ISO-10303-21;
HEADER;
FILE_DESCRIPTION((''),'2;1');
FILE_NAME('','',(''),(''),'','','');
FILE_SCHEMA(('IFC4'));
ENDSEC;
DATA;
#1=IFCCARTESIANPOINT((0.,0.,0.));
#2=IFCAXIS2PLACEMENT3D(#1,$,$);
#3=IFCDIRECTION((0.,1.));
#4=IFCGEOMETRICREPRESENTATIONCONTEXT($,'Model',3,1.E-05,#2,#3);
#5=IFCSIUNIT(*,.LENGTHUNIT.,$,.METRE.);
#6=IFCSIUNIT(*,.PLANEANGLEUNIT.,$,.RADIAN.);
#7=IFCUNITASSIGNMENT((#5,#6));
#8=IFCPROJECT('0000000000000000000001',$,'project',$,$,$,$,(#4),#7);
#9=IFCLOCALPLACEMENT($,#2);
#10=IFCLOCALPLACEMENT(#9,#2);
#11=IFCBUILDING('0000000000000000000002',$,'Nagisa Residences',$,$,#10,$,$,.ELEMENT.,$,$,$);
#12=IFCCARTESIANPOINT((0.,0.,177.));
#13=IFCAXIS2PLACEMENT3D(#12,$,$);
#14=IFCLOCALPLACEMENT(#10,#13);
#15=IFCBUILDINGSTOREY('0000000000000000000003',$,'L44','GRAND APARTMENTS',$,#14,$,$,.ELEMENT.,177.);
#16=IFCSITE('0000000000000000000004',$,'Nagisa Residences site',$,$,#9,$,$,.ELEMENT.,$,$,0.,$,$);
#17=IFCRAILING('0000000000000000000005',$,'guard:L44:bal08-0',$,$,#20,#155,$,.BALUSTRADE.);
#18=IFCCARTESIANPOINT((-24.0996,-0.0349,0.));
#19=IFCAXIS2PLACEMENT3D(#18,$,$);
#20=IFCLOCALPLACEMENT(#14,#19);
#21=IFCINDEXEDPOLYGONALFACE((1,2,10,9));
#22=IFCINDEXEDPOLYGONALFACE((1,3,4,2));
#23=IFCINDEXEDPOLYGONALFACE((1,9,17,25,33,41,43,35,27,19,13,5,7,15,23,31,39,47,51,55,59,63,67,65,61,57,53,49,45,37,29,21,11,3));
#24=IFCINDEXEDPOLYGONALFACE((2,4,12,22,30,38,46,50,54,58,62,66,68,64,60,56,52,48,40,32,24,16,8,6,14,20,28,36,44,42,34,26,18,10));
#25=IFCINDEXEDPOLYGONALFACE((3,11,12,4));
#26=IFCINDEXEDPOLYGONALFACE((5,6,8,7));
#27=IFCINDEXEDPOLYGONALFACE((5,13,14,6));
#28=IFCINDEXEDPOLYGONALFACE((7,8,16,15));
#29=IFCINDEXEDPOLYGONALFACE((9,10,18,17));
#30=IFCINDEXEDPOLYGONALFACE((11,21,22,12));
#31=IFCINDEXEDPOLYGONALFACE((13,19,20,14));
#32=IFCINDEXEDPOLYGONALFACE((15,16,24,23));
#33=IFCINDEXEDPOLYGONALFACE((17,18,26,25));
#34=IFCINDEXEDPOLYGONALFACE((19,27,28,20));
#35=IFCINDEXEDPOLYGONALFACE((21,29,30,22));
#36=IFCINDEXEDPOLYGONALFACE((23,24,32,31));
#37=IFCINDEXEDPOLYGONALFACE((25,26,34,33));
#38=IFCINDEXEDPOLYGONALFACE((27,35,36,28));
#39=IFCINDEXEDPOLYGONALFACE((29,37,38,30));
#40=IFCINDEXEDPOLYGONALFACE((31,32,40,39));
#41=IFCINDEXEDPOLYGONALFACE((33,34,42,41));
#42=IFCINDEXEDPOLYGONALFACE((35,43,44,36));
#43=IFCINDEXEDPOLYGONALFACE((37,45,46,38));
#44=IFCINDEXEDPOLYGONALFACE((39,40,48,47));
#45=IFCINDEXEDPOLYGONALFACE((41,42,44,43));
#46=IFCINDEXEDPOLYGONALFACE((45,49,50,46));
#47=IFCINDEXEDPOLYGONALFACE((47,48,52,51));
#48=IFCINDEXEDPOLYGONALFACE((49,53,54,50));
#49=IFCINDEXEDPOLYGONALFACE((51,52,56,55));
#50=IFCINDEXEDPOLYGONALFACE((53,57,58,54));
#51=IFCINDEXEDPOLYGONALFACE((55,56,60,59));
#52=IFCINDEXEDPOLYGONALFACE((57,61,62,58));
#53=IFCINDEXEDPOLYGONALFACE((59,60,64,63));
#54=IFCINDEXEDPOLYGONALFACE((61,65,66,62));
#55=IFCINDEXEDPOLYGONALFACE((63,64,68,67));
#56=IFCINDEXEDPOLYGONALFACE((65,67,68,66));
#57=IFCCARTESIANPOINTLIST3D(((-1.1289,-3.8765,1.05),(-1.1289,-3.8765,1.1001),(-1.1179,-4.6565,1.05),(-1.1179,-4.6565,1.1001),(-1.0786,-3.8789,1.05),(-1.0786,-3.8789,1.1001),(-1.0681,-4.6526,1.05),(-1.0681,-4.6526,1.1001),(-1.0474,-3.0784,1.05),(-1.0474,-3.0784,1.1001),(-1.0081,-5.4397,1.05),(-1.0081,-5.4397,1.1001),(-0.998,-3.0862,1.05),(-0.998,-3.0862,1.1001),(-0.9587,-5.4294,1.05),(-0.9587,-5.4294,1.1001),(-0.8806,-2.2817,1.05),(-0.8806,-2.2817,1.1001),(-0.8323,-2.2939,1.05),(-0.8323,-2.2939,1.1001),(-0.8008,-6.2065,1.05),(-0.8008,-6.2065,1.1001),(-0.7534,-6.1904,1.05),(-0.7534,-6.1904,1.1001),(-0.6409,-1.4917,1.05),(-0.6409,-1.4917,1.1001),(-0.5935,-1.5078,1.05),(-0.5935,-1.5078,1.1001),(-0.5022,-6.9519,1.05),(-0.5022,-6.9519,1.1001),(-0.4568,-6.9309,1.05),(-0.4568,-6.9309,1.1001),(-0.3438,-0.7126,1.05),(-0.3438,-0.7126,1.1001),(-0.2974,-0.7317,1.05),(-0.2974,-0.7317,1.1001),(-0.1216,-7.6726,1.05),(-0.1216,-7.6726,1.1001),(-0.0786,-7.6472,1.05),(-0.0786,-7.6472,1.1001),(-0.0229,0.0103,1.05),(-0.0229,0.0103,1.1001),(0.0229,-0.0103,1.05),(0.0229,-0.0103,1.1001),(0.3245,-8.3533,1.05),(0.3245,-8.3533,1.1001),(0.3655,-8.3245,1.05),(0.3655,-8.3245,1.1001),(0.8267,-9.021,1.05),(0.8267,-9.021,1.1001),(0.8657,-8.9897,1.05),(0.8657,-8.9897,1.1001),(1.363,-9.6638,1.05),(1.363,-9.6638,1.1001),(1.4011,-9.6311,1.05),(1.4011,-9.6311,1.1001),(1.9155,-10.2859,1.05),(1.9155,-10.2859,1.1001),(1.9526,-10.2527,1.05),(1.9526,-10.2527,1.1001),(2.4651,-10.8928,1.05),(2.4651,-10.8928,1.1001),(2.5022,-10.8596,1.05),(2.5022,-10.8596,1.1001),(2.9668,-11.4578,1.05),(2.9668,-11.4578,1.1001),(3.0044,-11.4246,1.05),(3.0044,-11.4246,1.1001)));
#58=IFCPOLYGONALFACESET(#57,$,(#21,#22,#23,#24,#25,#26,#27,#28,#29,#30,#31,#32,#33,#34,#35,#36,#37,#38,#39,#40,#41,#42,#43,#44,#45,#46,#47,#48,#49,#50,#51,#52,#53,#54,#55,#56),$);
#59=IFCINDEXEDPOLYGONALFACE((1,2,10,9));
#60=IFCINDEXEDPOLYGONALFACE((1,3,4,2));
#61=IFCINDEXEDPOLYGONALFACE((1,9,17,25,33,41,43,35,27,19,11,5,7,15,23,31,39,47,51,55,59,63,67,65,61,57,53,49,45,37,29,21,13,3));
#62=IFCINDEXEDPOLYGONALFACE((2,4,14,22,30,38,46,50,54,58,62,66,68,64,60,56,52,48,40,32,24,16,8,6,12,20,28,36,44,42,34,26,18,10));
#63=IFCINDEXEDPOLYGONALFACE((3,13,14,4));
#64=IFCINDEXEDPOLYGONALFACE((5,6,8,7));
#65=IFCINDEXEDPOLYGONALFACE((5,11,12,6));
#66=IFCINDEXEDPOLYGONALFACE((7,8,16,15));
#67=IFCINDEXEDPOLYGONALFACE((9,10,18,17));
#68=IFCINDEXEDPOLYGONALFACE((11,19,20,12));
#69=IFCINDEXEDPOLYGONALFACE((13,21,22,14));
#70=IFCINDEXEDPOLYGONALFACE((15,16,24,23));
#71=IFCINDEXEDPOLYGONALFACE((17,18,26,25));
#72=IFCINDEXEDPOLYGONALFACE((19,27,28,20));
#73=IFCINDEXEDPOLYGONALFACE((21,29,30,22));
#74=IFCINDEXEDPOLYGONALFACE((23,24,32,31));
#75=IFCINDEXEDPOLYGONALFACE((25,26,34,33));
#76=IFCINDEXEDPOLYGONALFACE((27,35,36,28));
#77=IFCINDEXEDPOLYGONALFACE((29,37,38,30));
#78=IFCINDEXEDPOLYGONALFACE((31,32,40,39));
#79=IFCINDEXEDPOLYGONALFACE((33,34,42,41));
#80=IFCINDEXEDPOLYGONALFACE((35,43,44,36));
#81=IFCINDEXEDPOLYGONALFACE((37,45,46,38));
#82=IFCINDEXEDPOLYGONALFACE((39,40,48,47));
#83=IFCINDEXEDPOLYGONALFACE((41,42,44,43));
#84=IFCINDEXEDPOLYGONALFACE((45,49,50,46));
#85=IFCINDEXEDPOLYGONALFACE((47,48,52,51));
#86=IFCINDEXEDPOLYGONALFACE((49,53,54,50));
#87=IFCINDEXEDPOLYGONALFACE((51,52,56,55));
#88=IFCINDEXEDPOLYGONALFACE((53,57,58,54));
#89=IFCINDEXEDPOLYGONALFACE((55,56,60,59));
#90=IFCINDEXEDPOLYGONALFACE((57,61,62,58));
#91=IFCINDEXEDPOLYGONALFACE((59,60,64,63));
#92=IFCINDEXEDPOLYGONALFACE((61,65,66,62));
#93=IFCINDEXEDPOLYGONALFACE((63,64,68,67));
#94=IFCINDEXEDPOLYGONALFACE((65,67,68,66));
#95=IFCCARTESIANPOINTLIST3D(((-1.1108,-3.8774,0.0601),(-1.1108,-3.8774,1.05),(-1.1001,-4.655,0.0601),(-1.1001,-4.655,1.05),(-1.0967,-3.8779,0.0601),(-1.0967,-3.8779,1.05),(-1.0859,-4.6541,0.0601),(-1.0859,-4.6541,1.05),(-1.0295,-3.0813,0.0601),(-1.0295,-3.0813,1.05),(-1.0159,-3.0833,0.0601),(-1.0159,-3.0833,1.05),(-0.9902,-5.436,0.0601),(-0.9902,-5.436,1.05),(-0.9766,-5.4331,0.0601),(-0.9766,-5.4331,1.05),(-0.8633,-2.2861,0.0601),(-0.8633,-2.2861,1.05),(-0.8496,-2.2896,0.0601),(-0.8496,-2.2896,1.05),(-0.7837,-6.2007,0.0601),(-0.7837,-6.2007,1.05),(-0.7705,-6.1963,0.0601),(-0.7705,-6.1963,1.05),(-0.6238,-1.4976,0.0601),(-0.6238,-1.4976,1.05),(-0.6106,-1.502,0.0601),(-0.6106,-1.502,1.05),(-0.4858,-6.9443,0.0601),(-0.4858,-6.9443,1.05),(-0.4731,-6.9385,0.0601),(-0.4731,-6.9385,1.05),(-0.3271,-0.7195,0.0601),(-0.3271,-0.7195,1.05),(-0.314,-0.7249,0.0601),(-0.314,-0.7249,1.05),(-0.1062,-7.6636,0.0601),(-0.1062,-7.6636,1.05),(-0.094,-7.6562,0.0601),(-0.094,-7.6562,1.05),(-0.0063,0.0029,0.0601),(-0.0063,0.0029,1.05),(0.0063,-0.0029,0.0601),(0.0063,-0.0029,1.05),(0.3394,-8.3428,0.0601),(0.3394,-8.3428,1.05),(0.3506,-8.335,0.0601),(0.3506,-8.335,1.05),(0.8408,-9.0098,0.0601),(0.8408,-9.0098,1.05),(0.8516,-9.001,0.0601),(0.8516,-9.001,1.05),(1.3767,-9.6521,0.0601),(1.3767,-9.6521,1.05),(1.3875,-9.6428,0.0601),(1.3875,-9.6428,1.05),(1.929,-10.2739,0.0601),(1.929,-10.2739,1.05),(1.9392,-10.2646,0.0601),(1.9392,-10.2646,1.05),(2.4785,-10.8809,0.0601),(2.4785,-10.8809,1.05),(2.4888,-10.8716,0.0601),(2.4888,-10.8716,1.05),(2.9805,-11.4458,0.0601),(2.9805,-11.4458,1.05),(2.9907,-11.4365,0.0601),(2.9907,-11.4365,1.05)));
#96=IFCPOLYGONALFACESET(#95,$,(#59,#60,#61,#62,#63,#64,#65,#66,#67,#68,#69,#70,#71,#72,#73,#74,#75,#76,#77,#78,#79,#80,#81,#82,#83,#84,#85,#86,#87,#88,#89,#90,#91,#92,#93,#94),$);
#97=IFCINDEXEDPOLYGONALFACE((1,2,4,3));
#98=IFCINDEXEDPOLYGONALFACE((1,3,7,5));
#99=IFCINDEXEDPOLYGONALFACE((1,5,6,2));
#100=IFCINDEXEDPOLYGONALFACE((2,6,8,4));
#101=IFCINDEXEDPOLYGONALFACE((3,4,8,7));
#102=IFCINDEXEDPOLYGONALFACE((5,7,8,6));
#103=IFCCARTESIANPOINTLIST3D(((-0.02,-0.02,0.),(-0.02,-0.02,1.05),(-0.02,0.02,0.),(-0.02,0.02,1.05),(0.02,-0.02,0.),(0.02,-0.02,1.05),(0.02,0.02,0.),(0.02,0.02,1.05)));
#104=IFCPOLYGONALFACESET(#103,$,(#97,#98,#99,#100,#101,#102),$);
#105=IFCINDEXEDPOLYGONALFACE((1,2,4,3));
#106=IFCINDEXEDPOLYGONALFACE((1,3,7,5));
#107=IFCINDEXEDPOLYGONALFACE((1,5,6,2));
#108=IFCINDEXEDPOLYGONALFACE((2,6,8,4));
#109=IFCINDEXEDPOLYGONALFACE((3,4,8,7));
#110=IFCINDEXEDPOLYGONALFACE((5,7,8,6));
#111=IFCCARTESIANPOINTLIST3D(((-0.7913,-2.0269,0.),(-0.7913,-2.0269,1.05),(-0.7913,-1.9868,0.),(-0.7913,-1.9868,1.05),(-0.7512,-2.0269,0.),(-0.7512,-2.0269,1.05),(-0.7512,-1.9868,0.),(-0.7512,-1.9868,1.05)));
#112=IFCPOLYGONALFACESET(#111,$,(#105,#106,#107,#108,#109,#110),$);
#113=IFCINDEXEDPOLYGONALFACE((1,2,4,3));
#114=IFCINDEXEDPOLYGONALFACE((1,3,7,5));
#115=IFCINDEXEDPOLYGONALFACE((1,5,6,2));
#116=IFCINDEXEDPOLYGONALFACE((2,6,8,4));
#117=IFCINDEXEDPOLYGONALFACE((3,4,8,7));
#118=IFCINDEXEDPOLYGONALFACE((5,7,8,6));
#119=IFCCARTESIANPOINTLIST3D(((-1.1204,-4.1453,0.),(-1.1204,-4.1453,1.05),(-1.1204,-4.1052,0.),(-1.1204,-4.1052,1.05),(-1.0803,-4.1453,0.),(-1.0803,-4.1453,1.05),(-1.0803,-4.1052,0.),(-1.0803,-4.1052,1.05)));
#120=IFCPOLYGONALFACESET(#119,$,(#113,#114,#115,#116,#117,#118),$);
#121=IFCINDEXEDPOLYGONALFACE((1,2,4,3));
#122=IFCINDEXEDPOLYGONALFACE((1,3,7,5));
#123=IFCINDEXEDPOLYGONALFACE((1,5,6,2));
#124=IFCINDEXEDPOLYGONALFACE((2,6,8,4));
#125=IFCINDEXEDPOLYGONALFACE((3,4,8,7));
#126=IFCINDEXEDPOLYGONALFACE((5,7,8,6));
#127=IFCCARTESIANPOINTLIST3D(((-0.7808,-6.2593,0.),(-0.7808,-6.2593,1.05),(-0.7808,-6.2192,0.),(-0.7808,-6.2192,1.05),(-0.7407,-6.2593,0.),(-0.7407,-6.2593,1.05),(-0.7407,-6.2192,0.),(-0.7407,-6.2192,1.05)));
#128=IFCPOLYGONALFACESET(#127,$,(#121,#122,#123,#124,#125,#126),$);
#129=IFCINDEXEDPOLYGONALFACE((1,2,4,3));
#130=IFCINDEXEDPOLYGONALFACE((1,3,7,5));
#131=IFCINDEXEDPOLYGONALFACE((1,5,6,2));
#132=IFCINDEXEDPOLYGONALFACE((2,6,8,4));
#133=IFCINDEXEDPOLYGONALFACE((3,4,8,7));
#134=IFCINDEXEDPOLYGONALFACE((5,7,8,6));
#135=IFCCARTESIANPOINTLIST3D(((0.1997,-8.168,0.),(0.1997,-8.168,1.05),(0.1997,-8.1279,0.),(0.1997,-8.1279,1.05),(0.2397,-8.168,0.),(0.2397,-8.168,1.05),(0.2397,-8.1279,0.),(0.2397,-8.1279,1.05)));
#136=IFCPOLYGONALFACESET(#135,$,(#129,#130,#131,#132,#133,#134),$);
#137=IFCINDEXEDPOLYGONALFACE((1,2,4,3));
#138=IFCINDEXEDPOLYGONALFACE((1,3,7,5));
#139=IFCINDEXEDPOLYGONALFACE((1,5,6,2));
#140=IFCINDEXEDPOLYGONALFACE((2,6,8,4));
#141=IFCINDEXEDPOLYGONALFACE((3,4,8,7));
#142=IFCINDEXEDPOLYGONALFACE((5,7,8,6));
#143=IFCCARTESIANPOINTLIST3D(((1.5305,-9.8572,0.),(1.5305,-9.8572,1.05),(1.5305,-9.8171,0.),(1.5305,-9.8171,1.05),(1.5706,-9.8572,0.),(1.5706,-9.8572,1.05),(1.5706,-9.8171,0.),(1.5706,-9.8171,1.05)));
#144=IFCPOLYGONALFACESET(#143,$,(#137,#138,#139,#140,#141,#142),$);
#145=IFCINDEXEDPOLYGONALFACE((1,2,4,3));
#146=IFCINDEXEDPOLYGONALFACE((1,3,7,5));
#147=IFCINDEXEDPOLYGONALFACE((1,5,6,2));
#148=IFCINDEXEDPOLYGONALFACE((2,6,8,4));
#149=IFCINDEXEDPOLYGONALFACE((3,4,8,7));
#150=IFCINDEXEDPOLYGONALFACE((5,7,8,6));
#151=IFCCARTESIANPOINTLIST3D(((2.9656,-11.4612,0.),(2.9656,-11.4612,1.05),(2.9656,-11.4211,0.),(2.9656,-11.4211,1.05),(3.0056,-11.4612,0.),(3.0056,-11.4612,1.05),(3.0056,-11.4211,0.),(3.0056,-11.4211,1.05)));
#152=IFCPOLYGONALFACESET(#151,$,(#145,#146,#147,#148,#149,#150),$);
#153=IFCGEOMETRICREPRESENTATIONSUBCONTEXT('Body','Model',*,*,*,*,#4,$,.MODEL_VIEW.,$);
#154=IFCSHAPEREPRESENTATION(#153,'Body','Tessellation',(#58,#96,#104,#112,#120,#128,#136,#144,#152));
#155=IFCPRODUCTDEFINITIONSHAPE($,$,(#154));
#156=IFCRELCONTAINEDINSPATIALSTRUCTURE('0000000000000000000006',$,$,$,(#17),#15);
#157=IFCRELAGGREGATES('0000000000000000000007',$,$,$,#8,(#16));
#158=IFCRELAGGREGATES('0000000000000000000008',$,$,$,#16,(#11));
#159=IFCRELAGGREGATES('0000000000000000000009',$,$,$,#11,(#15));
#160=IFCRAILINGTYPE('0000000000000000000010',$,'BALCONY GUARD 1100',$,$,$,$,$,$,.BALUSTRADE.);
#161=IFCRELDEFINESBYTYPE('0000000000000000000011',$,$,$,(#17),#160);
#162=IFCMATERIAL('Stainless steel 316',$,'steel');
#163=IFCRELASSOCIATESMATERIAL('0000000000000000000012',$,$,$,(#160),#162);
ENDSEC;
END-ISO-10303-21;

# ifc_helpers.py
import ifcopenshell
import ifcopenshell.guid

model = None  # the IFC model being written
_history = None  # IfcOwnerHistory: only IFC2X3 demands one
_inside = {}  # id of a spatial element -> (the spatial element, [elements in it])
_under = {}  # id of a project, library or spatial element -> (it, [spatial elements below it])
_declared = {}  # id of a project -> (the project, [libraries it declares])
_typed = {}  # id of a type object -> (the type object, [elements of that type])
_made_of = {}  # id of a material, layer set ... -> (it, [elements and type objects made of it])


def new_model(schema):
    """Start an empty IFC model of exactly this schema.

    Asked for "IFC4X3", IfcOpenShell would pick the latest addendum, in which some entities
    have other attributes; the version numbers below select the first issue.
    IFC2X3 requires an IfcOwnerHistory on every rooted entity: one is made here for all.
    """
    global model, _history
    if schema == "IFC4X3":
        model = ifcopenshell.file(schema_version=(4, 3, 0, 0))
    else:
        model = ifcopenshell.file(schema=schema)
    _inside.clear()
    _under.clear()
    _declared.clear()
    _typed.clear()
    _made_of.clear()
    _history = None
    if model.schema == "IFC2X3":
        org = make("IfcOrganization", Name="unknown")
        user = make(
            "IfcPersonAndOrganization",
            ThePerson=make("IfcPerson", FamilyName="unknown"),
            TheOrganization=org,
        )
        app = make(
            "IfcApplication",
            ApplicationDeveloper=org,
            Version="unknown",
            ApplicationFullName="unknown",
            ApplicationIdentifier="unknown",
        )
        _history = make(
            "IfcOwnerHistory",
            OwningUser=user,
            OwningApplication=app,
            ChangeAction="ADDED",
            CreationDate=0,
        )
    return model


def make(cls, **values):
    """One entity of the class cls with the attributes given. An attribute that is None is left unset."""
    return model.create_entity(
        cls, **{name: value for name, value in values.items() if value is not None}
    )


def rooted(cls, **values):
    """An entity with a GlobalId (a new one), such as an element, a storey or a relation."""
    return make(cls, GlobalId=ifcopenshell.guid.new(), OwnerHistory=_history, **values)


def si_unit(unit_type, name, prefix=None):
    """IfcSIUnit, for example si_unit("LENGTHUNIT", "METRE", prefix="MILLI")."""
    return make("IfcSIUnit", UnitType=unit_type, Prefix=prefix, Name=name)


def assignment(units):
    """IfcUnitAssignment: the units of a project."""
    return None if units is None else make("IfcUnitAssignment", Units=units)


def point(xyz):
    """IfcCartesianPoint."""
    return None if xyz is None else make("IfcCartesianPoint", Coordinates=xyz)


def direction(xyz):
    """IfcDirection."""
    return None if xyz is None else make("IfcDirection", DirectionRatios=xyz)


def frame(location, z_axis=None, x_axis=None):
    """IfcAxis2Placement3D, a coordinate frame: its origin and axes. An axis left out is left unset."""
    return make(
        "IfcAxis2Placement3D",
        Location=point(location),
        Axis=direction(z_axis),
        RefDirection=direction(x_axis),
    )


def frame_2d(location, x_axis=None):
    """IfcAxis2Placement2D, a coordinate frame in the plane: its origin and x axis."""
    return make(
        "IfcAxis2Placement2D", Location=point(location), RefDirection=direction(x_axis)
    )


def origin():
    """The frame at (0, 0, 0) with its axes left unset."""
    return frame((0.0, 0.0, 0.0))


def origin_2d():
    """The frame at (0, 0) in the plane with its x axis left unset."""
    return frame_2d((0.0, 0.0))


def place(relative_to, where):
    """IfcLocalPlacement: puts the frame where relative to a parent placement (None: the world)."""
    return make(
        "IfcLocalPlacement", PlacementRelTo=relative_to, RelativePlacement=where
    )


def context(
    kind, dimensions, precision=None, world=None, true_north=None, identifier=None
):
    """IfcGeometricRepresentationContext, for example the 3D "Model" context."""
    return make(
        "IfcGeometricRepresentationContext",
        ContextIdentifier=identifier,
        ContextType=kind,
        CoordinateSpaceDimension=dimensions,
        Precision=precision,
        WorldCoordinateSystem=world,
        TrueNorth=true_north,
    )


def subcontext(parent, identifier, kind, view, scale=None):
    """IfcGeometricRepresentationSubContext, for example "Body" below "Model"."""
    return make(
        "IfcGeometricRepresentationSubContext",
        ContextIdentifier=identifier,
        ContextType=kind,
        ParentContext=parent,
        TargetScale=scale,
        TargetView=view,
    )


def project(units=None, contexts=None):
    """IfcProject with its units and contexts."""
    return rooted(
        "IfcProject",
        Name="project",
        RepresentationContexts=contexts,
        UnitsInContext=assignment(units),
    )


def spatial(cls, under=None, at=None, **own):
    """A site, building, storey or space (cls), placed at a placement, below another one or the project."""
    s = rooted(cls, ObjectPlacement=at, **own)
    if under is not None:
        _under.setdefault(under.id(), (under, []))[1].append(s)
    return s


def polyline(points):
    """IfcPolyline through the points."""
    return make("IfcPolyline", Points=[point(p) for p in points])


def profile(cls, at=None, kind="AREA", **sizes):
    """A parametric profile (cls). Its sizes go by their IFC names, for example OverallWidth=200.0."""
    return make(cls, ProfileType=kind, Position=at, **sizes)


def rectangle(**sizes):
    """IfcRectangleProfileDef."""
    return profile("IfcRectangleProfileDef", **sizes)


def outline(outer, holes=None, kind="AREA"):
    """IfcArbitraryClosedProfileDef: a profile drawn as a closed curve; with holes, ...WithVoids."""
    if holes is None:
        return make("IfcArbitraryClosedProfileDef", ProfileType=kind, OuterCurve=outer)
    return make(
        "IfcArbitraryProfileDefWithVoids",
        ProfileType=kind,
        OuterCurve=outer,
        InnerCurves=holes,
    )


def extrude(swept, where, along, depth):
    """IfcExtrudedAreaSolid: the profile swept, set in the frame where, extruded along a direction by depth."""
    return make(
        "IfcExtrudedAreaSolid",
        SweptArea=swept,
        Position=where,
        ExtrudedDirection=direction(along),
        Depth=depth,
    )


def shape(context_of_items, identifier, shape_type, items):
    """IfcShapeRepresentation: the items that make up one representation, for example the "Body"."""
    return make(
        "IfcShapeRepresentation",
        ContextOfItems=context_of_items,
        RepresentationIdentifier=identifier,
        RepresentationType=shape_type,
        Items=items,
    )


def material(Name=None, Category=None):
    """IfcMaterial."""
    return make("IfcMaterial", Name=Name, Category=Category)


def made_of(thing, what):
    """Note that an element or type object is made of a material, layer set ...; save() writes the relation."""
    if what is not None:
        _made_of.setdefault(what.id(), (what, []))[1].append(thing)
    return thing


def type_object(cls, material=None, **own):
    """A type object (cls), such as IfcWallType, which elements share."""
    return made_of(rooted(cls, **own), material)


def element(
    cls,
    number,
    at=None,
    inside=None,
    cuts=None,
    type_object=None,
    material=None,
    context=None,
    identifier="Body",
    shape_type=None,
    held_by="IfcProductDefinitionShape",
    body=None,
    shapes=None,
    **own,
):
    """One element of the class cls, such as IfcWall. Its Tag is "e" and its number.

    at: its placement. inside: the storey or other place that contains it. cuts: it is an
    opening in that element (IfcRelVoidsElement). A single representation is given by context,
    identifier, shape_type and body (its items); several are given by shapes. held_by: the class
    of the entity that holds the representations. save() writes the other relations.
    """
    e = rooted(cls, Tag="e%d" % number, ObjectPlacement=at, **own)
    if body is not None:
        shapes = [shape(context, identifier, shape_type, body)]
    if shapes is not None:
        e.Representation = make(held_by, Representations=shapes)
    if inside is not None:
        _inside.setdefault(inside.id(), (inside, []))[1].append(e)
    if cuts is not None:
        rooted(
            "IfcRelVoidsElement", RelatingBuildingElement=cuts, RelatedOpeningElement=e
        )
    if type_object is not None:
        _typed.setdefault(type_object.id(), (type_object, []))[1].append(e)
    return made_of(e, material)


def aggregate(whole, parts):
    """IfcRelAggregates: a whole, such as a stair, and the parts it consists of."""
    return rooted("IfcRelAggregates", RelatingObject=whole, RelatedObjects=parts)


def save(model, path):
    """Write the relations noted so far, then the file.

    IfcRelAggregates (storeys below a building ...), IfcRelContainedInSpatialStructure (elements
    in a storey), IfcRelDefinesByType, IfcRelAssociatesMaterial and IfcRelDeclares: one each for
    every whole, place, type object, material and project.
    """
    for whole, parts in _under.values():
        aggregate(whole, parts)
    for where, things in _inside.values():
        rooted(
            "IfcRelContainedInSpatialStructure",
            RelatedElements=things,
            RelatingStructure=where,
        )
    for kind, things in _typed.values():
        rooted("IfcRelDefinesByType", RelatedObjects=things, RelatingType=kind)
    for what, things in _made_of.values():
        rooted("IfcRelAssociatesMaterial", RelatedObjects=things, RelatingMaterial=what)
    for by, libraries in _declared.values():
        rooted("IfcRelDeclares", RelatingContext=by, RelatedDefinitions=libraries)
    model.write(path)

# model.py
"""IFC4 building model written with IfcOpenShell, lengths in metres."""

from ifc_helpers import new_model, si_unit, direction, frame, origin, origin_2d, place, context, subcontext, project, spatial, polyline, rectangle, outline, extrude, material, type_object, element, save


model = new_model("IFC4")

# Units and contexts
model_context = context("Model", 3, precision=1e-05, world=origin(), true_north=direction((0.0, 1.0)))
body_context = subcontext(model_context, "Body", "Model", "MODEL_VIEW")
ifc_project = project(units=[si_unit("LENGTHUNIT", "METRE"), si_unit("PLANEANGLEUNIT", "RADIAN")], contexts=[model_context])

# Site, building, storey
site_placement = place(None, origin())
site = spatial("IfcSite", under=ifc_project, at=site_placement, Name="Nagisa Residences site", CompositionType="ELEMENT", RefElevation=0.0)
building_placement = place(site_placement, origin())
building = spatial("IfcBuilding", under=site, at=building_placement, Name="Nagisa Residences", CompositionType="ELEMENT")
storey_placement = place(building_placement, frame((0.0, 0.0, 177.0)))
storey = spatial("IfcBuildingStorey", under=building, at=storey_placement, Name="L44", Description="GRAND APARTMENTS", CompositionType="ELEMENT", Elevation=177.0)

# Railing
ifc_material_1 = material(Name="Stainless steel 316", Category="steel")
railing_type = type_object("IfcRailingType", Name="BALCONY GUARD 1100", PredefinedType="BALUSTRADE", material=ifc_material_1)
railing_placement = place(storey_placement, frame((-24.0996, -0.0349, 0.0)))
element("IfcRailing", 1, at=railing_placement, inside=storey, type_object=railing_type, Name="guard:L44:bal08-0", PredefinedType="BALUSTRADE", context=body_context, shape_type="SweptSolid", body=[
    extrude(outline(polyline([(-0.2974, -0.7317), (0.0229, -0.0103), (-0.0229, 0.0103), (-0.3438, -0.7126), (-0.6409, -1.4917), (-0.8806, -2.2817), (-1.0474, -3.0784), (-1.1289, -3.8765), (-1.1179, -4.6565), (-1.0081, -5.4397), (-0.8008, -6.2065), (-0.5022, -6.9519), (-0.1216, -7.6726), (0.3245, -8.3533), (0.8267, -9.021), (1.363, -9.6638), (1.9155, -10.2859), (2.4651, -10.8928), (2.9668, -11.4578), (3.0044, -11.4246), (2.5022, -10.8596), (1.9526, -10.2527), (1.4011, -9.6311), (0.8657, -8.9897), (0.3655, -8.3245), (-0.0786, -7.6472), (-0.4568, -6.9309), (-0.7534, -6.1904), (-0.9587, -5.4294), (-1.0681, -4.6526), (-1.0786, -3.8789), (-0.998, -3.0862), (-0.8323, -2.2939), (-0.5935, -1.5078), (-0.2974, -0.7317)])), frame((0.0, 0.0, 1.05)), (0.0, 0.0, 1.0), 0.05),
    extrude(outline(polyline([(-0.314, -0.7249), (0.0063, -0.0029), (-0.0063, 0.0029), (-0.3271, -0.7195), (-0.6238, -1.4976), (-0.8633, -2.2861), (-1.0295, -3.0813), (-1.1108, -3.8774), (-1.1001, -4.655), (-0.9902, -5.436), (-0.7837, -6.2007), (-0.4858, -6.9443), (-0.1062, -7.6636), (0.3394, -8.3428), (0.8408, -9.0098), (1.3767, -9.6521), (1.929, -10.2739), (2.4785, -10.8809), (2.9805, -11.4458), (2.9907, -11.4365), (2.4888, -10.8716), (1.9392, -10.2646), (1.3875, -9.6428), (0.8516, -9.001), (0.3506, -8.335), (-0.094, -7.6562), (-0.4731, -6.9385), (-0.7705, -6.1963), (-0.9766, -5.4331), (-1.0859, -4.6541), (-1.0967, -3.8779), (-1.0159, -3.0833), (-0.8496, -2.2896), (-0.6106, -1.502), (-0.314, -0.7249)])), frame((0.0, 0.0, 0.0601)), (0.0, 0.0, 1.0), 0.99),
    extrude(rectangle(XDim=0.04, YDim=0.04, at=origin_2d()), origin(), (0.0, 0.0, 1.0), 1.05),
    extrude(rectangle(XDim=0.04, YDim=0.04, at=origin_2d()), frame((-0.7712, -2.0068, 0.0)), (0.0, 0.0, 1.0), 1.05),
    extrude(rectangle(XDim=0.04, YDim=0.04, at=origin_2d()), frame((-1.1003, -4.1252, 0.0)), (0.0, 0.0, 1.0), 1.05),
    extrude(rectangle(XDim=0.04, YDim=0.04, at=origin_2d()), frame((-0.7607, -6.2393, 0.0)), (0.0, 0.0, 1.0), 1.05),
    extrude(rectangle(XDim=0.04, YDim=0.04, at=origin_2d()), frame((0.2197, -8.1479, 0.0)), (0.0, 0.0, 1.0), 1.05),
    extrude(rectangle(XDim=0.04, YDim=0.04, at=origin_2d()), frame((1.5505, -9.8372, 0.0)), (0.0, 0.0, 1.0), 1.05),
    extrude(rectangle(XDim=0.04, YDim=0.04, at=origin_2d()), frame((2.9856, -11.4412, 0.0)), (0.0, 0.0, 1.0), 1.05),
])

save(model, "model.ifc")
